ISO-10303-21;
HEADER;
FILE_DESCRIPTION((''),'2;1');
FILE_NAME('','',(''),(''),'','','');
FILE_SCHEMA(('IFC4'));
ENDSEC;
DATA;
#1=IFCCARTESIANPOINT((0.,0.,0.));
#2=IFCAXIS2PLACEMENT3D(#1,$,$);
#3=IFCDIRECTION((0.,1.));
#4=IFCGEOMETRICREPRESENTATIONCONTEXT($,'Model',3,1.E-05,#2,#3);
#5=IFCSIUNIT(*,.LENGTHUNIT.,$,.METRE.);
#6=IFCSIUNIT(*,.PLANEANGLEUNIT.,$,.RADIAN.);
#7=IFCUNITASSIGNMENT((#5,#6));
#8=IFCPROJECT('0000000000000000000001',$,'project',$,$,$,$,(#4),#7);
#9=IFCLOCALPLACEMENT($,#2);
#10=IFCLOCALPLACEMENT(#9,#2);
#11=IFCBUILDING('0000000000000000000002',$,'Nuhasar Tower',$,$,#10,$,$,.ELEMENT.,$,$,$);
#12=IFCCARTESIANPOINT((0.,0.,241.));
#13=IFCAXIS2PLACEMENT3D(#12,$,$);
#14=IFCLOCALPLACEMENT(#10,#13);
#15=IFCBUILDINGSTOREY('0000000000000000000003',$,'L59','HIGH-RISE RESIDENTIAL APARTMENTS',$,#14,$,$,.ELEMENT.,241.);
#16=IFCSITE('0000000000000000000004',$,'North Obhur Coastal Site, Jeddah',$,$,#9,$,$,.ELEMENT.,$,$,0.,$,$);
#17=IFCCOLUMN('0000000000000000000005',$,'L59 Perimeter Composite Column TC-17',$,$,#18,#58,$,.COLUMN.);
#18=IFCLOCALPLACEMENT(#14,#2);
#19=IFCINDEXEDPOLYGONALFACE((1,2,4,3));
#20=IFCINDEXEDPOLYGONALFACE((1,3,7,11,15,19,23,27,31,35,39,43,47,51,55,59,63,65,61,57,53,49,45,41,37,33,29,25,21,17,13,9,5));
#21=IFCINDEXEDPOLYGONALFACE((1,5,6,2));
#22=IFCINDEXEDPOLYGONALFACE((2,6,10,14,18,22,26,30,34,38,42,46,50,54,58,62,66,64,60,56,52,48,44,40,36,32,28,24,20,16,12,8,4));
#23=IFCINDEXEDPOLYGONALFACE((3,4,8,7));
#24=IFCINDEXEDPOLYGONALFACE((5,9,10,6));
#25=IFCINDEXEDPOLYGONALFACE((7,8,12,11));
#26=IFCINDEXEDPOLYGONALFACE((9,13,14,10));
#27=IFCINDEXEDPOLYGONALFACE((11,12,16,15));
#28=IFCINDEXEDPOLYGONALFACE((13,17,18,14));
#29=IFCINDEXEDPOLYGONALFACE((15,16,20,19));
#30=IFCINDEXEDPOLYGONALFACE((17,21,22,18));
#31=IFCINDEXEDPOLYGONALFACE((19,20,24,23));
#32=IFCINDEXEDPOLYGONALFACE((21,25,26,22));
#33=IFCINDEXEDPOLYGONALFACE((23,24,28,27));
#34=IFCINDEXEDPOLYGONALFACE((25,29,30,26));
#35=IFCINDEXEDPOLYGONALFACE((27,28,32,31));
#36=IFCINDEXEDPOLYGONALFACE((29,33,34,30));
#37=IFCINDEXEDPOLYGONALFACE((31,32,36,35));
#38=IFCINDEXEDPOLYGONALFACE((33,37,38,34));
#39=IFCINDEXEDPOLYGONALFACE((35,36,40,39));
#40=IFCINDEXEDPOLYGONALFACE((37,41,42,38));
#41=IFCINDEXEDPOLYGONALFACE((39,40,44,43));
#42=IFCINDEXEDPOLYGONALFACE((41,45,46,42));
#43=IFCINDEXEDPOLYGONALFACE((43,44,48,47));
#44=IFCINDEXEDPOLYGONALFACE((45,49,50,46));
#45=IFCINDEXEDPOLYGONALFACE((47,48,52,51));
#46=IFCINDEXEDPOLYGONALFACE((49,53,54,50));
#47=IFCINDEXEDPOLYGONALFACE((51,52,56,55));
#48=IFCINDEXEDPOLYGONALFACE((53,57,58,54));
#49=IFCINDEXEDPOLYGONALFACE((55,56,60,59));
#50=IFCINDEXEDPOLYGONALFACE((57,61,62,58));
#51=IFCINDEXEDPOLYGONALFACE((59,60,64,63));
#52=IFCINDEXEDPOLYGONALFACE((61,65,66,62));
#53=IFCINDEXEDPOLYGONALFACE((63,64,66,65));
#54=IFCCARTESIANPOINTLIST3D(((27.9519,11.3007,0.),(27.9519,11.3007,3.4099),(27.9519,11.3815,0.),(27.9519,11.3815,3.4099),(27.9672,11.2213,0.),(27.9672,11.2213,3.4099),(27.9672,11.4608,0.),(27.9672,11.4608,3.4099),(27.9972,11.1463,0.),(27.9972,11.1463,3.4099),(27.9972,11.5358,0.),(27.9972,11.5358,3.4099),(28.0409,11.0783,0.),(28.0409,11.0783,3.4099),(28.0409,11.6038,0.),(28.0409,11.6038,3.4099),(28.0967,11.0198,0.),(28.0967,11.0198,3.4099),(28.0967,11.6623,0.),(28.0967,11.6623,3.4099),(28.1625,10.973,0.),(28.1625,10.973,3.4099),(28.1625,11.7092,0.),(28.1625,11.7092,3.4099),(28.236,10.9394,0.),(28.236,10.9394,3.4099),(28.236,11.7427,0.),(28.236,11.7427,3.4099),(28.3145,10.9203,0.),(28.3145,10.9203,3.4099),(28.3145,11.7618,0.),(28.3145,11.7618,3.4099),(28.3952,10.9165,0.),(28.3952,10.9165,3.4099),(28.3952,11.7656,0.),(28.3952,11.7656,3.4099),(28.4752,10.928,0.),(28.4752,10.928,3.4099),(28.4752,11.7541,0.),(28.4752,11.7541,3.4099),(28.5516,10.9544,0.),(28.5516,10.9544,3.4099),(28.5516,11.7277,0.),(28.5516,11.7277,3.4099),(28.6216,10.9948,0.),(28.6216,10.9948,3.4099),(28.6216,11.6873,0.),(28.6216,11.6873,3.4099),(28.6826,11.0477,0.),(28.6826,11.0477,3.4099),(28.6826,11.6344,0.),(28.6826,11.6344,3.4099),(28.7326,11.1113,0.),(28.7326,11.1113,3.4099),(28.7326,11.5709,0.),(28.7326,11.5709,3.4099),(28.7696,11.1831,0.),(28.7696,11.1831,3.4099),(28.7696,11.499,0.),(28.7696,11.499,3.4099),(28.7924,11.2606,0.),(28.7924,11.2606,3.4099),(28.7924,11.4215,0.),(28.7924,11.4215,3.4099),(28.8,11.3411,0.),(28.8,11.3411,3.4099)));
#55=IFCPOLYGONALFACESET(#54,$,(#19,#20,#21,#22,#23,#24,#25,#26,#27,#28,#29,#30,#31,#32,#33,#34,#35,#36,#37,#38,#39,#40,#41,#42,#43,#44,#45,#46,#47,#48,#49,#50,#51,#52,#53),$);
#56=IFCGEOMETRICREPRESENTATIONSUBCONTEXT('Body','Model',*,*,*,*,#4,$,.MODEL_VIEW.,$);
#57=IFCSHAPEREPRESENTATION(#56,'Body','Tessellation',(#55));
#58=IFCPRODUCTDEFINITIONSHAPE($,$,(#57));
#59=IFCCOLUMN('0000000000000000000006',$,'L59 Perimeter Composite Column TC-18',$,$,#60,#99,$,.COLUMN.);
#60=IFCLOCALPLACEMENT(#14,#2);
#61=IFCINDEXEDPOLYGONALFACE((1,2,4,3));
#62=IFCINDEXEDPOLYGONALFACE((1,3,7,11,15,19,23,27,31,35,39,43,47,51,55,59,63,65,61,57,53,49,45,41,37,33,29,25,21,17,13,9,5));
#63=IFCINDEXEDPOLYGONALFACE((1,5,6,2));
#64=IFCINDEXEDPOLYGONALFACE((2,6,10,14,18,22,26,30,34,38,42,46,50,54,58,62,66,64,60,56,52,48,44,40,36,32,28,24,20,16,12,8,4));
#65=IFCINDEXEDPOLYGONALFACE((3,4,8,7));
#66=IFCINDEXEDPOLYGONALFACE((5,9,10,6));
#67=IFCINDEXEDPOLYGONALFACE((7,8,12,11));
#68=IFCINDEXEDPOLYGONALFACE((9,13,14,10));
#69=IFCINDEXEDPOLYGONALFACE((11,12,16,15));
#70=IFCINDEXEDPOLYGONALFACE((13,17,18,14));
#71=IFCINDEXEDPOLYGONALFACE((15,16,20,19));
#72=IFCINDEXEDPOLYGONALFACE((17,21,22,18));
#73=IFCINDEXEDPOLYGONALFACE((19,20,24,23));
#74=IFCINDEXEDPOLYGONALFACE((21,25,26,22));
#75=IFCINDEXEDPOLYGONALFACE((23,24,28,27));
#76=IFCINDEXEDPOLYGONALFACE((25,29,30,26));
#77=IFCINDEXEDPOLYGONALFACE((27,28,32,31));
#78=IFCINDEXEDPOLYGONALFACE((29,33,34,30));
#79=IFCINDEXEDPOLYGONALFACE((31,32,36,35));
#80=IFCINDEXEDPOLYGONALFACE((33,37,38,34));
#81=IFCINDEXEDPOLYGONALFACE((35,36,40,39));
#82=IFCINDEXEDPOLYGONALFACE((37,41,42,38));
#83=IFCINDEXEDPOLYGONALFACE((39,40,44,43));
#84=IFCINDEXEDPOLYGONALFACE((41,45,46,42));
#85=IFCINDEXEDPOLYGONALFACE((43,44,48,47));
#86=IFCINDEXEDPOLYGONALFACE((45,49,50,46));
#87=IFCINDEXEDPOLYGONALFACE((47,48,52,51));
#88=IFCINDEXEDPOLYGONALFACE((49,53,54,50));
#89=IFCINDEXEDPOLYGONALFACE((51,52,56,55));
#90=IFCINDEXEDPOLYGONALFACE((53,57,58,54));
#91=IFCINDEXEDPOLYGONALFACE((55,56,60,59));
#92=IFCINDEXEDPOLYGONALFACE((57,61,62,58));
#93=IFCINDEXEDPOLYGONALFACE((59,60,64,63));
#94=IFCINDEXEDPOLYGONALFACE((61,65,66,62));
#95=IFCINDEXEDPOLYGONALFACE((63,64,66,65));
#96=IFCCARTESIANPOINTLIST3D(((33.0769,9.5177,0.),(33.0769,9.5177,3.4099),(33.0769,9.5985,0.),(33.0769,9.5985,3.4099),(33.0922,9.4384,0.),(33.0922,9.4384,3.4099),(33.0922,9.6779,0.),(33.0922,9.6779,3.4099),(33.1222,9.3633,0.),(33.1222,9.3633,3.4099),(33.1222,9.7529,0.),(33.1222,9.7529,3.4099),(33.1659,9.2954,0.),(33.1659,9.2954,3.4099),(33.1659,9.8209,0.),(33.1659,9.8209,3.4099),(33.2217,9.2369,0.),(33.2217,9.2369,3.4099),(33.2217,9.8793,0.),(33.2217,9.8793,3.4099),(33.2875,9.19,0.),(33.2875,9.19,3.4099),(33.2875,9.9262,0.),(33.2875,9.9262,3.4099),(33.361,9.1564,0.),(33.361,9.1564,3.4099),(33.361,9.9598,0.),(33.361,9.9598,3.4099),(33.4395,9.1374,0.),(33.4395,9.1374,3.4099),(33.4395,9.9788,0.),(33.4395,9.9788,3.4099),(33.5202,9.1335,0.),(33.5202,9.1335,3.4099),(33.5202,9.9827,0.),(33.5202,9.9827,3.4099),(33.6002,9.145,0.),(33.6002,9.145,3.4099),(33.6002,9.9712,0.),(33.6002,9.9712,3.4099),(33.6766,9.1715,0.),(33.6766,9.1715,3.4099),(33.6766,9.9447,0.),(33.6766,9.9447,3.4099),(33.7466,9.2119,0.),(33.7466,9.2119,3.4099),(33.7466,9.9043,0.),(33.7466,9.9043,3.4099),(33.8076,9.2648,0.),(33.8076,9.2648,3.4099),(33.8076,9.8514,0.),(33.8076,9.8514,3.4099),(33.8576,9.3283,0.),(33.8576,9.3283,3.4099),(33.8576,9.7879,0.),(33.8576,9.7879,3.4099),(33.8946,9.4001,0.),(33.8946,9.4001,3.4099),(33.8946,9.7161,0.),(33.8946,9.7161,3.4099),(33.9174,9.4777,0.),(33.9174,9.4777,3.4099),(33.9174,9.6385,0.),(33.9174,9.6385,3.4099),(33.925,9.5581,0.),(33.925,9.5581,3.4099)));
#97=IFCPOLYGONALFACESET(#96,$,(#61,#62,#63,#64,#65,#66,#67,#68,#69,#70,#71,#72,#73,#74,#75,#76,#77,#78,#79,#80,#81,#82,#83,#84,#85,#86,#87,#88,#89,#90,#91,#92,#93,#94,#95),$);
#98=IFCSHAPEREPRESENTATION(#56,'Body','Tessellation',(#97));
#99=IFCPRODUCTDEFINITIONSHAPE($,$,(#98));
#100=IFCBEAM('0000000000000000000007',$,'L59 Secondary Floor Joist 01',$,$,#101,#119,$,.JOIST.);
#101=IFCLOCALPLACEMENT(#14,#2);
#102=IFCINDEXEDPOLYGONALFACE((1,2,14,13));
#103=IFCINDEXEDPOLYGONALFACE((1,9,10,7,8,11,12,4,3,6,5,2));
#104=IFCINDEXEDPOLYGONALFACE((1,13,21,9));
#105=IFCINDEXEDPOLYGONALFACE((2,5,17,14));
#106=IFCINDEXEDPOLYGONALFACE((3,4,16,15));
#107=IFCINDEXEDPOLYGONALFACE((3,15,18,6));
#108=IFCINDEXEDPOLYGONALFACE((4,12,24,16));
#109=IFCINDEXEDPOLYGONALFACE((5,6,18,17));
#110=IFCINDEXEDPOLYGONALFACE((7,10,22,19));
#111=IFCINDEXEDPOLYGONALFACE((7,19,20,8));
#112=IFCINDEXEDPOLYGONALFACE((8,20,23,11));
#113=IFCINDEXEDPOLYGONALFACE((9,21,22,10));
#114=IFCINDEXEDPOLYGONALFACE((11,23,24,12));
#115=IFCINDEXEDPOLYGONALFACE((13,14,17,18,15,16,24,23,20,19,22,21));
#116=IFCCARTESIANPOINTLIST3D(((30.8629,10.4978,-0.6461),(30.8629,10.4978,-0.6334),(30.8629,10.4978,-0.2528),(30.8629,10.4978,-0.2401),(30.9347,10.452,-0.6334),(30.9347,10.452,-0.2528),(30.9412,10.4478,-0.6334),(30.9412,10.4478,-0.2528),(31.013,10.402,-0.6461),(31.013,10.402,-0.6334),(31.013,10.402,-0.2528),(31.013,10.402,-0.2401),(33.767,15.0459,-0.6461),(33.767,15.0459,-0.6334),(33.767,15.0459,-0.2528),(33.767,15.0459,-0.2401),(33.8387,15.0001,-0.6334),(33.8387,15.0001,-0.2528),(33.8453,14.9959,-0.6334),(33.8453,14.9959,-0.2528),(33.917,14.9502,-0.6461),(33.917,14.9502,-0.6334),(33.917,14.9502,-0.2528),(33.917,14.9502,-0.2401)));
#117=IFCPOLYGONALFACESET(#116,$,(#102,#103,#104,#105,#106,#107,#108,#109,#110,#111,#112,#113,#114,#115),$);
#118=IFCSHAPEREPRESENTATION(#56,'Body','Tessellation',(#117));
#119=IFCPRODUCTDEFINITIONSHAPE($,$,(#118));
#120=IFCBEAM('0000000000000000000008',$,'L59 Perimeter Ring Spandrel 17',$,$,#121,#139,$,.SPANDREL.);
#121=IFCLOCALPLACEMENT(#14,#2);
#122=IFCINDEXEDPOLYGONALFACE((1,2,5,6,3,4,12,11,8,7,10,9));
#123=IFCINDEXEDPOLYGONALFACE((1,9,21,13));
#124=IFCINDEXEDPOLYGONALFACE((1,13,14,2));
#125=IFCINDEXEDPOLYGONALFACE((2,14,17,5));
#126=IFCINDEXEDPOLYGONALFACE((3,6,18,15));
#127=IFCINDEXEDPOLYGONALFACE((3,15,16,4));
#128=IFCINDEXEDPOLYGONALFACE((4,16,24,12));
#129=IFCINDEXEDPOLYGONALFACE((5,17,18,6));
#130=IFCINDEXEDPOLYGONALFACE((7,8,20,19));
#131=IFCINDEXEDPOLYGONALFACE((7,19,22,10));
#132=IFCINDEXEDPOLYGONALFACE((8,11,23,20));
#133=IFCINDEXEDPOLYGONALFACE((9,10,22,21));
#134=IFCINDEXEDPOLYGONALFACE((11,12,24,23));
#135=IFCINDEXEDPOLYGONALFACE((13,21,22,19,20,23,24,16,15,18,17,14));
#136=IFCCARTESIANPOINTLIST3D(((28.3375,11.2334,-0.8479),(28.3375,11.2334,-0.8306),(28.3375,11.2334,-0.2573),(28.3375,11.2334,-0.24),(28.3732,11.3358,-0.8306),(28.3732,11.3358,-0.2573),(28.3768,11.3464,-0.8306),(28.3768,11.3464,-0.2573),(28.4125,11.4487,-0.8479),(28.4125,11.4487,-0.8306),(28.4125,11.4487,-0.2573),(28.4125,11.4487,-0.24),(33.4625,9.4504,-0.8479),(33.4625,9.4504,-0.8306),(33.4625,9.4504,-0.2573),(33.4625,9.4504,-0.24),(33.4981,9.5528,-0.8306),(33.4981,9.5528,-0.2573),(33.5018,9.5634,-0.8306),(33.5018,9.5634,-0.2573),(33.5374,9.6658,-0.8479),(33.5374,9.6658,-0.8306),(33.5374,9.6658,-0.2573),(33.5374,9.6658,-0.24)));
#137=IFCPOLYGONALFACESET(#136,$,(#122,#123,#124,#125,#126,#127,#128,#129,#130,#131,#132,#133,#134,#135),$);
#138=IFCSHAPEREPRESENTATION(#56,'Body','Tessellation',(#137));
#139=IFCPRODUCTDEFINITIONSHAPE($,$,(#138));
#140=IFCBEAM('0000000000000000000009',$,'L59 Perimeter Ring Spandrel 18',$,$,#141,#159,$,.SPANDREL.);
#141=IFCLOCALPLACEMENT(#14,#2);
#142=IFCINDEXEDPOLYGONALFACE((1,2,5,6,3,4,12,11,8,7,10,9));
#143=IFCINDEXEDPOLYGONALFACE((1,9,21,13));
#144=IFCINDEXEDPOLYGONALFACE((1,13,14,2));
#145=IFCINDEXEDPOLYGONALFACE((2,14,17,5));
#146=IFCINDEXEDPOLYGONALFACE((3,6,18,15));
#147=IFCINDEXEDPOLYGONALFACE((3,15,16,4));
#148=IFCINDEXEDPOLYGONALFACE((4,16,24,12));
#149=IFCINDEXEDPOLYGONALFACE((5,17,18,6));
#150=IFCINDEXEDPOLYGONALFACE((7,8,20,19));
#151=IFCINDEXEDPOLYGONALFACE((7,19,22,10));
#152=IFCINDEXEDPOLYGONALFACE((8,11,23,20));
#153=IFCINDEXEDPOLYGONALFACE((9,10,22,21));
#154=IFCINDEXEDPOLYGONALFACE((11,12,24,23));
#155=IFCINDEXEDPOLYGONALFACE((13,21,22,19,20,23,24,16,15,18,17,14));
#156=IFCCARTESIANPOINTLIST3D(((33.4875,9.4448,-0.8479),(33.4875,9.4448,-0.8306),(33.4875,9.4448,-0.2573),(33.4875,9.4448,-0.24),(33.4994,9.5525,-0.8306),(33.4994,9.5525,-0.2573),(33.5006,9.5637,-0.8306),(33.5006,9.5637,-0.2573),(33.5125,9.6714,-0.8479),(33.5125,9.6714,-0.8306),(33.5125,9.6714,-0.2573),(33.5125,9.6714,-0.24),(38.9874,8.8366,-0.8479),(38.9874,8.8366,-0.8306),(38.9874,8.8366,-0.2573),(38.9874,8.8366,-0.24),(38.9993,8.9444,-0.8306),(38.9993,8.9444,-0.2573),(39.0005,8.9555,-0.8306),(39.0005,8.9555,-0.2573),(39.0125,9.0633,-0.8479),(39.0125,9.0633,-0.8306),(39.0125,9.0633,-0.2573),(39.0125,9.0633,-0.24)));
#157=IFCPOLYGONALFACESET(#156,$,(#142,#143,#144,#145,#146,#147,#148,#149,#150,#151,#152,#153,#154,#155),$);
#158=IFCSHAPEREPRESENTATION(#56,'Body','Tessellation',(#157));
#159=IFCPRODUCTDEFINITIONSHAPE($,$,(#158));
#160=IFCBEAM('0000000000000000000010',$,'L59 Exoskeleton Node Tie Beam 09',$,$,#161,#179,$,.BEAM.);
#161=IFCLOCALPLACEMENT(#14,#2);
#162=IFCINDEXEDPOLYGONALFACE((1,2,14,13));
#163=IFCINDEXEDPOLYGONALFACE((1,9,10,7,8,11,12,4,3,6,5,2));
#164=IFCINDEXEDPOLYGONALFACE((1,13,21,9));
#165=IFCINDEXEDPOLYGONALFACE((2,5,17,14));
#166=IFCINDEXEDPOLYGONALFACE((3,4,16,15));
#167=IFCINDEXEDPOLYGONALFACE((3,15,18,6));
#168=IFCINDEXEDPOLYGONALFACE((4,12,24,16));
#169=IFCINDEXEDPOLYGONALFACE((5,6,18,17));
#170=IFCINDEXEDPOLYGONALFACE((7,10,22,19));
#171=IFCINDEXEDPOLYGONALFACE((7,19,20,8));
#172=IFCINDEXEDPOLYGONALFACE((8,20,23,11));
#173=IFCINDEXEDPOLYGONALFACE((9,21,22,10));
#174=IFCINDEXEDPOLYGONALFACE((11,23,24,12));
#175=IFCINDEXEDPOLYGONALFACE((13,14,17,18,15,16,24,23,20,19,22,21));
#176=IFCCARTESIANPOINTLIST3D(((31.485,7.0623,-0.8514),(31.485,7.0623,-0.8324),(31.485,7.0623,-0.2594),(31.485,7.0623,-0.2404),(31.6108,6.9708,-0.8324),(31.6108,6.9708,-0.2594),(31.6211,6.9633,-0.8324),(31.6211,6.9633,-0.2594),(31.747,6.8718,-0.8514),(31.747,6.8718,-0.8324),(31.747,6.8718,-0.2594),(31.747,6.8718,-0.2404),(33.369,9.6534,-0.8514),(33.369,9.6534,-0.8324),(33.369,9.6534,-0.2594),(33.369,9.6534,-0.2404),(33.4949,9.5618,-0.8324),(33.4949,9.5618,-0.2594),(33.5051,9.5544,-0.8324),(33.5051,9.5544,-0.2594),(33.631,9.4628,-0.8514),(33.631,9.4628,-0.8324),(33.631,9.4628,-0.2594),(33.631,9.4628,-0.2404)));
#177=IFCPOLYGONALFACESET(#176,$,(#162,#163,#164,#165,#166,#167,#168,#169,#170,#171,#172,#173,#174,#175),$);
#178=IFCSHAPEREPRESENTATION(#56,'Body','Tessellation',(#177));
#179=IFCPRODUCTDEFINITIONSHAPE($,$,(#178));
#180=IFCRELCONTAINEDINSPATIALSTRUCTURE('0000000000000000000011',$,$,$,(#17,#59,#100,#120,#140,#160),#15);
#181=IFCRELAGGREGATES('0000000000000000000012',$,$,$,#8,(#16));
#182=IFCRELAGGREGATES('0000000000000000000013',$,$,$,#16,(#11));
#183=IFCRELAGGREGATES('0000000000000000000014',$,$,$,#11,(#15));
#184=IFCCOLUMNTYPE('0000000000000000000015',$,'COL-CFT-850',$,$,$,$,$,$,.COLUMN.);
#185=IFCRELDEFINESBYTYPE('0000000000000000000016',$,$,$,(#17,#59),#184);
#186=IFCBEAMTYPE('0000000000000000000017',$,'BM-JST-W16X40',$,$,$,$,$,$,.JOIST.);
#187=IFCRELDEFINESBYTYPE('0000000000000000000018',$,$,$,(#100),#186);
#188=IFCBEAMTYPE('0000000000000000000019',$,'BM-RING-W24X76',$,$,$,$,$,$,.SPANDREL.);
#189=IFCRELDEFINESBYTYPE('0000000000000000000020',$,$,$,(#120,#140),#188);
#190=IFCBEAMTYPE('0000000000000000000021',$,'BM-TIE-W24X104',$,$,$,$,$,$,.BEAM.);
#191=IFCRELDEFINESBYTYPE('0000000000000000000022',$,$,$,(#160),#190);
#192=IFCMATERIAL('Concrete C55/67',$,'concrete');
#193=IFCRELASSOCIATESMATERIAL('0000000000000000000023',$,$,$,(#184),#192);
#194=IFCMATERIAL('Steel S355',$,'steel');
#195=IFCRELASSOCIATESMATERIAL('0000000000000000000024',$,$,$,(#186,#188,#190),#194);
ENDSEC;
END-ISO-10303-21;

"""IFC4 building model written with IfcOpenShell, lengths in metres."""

from ifc_helpers import new_model, si_unit, direction, frame, origin, origin_2d, place, context, subcontext, project, spatial, circle, i_section, extrude, material, material_profile, profile_set, type_object, element, save


model = new_model("IFC4")

# Units and contexts
model_context = context("Model", 3, precision=1e-05, world=origin(), true_north=direction((0.0, 1.0)))
body_context = subcontext(model_context, "Body", "Model", "MODEL_VIEW")
ifc_project = project(units=[si_unit("LENGTHUNIT", "METRE"), si_unit("PLANEANGLEUNIT", "RADIAN")], contexts=[model_context])

# Site, building, storey
site_placement = place(None, origin())
site = spatial("IfcSite", under=ifc_project, at=site_placement, Name="North Obhur Coastal Site, Jeddah", CompositionType="ELEMENT", RefElevation=0.0)
building_placement = place(site_placement, origin())
building = spatial("IfcBuilding", under=site, at=building_placement, Name="Nuhasar Tower", CompositionType="ELEMENT")
storey_placement = place(building_placement, frame((0.0, 0.0, 241.0)))
storey = spatial("IfcBuildingStorey", under=building, at=storey_placement, Name="L59", Description="HIGH-RISE RESIDENTIAL APARTMENTS", CompositionType="ELEMENT", Elevation=241.0)

# Columns
ifc_material_1 = material(Name="Concrete C55/67", Category="concrete")
ifc_material_profile_1 = material_profile(ifc_material_1, circle(Radius=0.425, at=origin_2d()), Name="CFT850")
ifc_profile_set_1 = profile_set([ifc_material_profile_1], Name="Concrete C55/67")
column_type = type_object("IfcColumnType", Name="COL-CFT-850", PredefinedType="COLUMN", material=ifc_profile_set_1)
for number, where, z_axis, x_axis, name in (
    (1, (28.375, 11.3411, 0.0), (0.0, 0.0, 1.0), (1.0, 0.0, 0.0), "L59 Perimeter Composite Column TC-17"),
    (2, (33.5, 9.5581, 0.0), (0.0, 0.0, 1.0), (1.0, 0.0, 0.0), "L59 Perimeter Composite Column TC-18"),
):
    element("IfcColumn", number, at=place(storey_placement, frame(where, z_axis=z_axis, x_axis=x_axis)), inside=storey, type_object=column_type, Name=name, PredefinedType="COLUMN", context=body_context, shape_type="SweptSolid", body=[
        extrude(circle(Radius=0.425, at=origin_2d()), origin(), (0.0, 0.0, 1.0), 3.4099),
    ])

# Beams
ifc_material_2 = material(Name="Steel S355", Category="steel")
ifc_material_profile_2 = material_profile(ifc_material_2, i_section(OverallWidth=0.178, OverallDepth=0.406, WebThickness=0.0078, FlangeThickness=0.0127, at=origin_2d()), Name="W16X40")
ifc_profile_set_2 = profile_set([ifc_material_profile_2], Name="Steel S355")
beam_type_1 = type_object("IfcBeamType", Name="BM-JST-W16X40", PredefinedType="JOIST", material=ifc_profile_set_2)
beam_1_placement = place(storey_placement, frame((33.842, 14.998, -0.4431), z_axis=(-0.538169, -0.842837, 0.0), x_axis=(0.842837, -0.538169, 0.0)))
element("IfcBeam", 3, at=beam_1_placement, inside=storey, type_object=beam_type_1, Name="L59 Secondary Floor Joist 01", PredefinedType="JOIST", context=body_context, shape_type="SweptSolid", body=[
    extrude(i_section(OverallWidth=0.178, OverallDepth=0.406, WebThickness=0.0078, FlangeThickness=0.0127, at=origin_2d()), origin(), (0.0, 0.0, 1.0), 5.3962),
])
ifc_material_profile_3 = material_profile(ifc_material_2, i_section(OverallWidth=0.228, OverallDepth=0.6079, WebThickness=0.0112, FlangeThickness=0.0173, at=origin_2d()), Name="W24X76")
ifc_profile_set_3 = profile_set([ifc_material_profile_3], Name="Steel S355")
beam_type_2 = type_object("IfcBeamType", Name="BM-RING-W24X76", PredefinedType="SPANDREL", material=ifc_profile_set_3)
beam_2_placement = place(storey_placement, frame((28.375, 11.3411, -0.5439), z_axis=(0.944477, -0.328578, 0.0), x_axis=(0.328578, 0.944477, 0.0)))
element("IfcBeam", 4, at=beam_2_placement, inside=storey, type_object=beam_type_2, Name="L59 Perimeter Ring Spandrel 17", PredefinedType="SPANDREL", context=body_context, shape_type="SweptSolid", body=[
    extrude(i_section(OverallWidth=0.228, OverallDepth=0.6079, WebThickness=0.0112, FlangeThickness=0.0173, at=origin_2d()), origin(), (0.0, 0.0, 1.0), 5.4263),
])
beam_3_placement = place(storey_placement, frame((33.5, 9.5581, -0.5439), z_axis=(0.993942, -0.109904, 0.0), x_axis=(0.109904, 0.993942, 0.0)))
element("IfcBeam", 5, at=beam_3_placement, inside=storey, type_object=beam_type_2, Name="L59 Perimeter Ring Spandrel 18", PredefinedType="SPANDREL", context=body_context, shape_type="SweptSolid", body=[
    extrude(i_section(OverallWidth=0.228, OverallDepth=0.6079, WebThickness=0.0112, FlangeThickness=0.0173, at=origin_2d()), origin(), (0.0, 0.0, 1.0), 5.5334),
])
ifc_material_profile_4 = material_profile(ifc_material_2, i_section(OverallWidth=0.324, OverallDepth=0.6111, WebThickness=0.0127, FlangeThickness=0.019, at=origin_2d()), Name="W24X104")
ifc_profile_set_4 = profile_set([ifc_material_profile_4], Name="Steel S355")
beam_type_3 = type_object("IfcBeamType", Name="BM-TIE-W24X104", PredefinedType="BEAM", material=ifc_profile_set_4)
beam_4_placement = place(storey_placement, frame((33.5, 9.5581, -0.5459), z_axis=(-0.588095, -0.808792, 0.0), x_axis=(0.808792, -0.588095, 0.0)))
element("IfcBeam", 6, at=beam_4_placement, inside=storey, type_object=beam_type_3, Name="L59 Exoskeleton Node Tie Beam 09", PredefinedType="BEAM", context=body_context, shape_type="SweptSolid", body=[
    extrude(i_section(OverallWidth=0.324, OverallDepth=0.6111, WebThickness=0.0127, FlangeThickness=0.019, at=origin_2d()), origin(), (0.0, 0.0, 1.0), 3.2036),
])

save(model, "model.ifc")
